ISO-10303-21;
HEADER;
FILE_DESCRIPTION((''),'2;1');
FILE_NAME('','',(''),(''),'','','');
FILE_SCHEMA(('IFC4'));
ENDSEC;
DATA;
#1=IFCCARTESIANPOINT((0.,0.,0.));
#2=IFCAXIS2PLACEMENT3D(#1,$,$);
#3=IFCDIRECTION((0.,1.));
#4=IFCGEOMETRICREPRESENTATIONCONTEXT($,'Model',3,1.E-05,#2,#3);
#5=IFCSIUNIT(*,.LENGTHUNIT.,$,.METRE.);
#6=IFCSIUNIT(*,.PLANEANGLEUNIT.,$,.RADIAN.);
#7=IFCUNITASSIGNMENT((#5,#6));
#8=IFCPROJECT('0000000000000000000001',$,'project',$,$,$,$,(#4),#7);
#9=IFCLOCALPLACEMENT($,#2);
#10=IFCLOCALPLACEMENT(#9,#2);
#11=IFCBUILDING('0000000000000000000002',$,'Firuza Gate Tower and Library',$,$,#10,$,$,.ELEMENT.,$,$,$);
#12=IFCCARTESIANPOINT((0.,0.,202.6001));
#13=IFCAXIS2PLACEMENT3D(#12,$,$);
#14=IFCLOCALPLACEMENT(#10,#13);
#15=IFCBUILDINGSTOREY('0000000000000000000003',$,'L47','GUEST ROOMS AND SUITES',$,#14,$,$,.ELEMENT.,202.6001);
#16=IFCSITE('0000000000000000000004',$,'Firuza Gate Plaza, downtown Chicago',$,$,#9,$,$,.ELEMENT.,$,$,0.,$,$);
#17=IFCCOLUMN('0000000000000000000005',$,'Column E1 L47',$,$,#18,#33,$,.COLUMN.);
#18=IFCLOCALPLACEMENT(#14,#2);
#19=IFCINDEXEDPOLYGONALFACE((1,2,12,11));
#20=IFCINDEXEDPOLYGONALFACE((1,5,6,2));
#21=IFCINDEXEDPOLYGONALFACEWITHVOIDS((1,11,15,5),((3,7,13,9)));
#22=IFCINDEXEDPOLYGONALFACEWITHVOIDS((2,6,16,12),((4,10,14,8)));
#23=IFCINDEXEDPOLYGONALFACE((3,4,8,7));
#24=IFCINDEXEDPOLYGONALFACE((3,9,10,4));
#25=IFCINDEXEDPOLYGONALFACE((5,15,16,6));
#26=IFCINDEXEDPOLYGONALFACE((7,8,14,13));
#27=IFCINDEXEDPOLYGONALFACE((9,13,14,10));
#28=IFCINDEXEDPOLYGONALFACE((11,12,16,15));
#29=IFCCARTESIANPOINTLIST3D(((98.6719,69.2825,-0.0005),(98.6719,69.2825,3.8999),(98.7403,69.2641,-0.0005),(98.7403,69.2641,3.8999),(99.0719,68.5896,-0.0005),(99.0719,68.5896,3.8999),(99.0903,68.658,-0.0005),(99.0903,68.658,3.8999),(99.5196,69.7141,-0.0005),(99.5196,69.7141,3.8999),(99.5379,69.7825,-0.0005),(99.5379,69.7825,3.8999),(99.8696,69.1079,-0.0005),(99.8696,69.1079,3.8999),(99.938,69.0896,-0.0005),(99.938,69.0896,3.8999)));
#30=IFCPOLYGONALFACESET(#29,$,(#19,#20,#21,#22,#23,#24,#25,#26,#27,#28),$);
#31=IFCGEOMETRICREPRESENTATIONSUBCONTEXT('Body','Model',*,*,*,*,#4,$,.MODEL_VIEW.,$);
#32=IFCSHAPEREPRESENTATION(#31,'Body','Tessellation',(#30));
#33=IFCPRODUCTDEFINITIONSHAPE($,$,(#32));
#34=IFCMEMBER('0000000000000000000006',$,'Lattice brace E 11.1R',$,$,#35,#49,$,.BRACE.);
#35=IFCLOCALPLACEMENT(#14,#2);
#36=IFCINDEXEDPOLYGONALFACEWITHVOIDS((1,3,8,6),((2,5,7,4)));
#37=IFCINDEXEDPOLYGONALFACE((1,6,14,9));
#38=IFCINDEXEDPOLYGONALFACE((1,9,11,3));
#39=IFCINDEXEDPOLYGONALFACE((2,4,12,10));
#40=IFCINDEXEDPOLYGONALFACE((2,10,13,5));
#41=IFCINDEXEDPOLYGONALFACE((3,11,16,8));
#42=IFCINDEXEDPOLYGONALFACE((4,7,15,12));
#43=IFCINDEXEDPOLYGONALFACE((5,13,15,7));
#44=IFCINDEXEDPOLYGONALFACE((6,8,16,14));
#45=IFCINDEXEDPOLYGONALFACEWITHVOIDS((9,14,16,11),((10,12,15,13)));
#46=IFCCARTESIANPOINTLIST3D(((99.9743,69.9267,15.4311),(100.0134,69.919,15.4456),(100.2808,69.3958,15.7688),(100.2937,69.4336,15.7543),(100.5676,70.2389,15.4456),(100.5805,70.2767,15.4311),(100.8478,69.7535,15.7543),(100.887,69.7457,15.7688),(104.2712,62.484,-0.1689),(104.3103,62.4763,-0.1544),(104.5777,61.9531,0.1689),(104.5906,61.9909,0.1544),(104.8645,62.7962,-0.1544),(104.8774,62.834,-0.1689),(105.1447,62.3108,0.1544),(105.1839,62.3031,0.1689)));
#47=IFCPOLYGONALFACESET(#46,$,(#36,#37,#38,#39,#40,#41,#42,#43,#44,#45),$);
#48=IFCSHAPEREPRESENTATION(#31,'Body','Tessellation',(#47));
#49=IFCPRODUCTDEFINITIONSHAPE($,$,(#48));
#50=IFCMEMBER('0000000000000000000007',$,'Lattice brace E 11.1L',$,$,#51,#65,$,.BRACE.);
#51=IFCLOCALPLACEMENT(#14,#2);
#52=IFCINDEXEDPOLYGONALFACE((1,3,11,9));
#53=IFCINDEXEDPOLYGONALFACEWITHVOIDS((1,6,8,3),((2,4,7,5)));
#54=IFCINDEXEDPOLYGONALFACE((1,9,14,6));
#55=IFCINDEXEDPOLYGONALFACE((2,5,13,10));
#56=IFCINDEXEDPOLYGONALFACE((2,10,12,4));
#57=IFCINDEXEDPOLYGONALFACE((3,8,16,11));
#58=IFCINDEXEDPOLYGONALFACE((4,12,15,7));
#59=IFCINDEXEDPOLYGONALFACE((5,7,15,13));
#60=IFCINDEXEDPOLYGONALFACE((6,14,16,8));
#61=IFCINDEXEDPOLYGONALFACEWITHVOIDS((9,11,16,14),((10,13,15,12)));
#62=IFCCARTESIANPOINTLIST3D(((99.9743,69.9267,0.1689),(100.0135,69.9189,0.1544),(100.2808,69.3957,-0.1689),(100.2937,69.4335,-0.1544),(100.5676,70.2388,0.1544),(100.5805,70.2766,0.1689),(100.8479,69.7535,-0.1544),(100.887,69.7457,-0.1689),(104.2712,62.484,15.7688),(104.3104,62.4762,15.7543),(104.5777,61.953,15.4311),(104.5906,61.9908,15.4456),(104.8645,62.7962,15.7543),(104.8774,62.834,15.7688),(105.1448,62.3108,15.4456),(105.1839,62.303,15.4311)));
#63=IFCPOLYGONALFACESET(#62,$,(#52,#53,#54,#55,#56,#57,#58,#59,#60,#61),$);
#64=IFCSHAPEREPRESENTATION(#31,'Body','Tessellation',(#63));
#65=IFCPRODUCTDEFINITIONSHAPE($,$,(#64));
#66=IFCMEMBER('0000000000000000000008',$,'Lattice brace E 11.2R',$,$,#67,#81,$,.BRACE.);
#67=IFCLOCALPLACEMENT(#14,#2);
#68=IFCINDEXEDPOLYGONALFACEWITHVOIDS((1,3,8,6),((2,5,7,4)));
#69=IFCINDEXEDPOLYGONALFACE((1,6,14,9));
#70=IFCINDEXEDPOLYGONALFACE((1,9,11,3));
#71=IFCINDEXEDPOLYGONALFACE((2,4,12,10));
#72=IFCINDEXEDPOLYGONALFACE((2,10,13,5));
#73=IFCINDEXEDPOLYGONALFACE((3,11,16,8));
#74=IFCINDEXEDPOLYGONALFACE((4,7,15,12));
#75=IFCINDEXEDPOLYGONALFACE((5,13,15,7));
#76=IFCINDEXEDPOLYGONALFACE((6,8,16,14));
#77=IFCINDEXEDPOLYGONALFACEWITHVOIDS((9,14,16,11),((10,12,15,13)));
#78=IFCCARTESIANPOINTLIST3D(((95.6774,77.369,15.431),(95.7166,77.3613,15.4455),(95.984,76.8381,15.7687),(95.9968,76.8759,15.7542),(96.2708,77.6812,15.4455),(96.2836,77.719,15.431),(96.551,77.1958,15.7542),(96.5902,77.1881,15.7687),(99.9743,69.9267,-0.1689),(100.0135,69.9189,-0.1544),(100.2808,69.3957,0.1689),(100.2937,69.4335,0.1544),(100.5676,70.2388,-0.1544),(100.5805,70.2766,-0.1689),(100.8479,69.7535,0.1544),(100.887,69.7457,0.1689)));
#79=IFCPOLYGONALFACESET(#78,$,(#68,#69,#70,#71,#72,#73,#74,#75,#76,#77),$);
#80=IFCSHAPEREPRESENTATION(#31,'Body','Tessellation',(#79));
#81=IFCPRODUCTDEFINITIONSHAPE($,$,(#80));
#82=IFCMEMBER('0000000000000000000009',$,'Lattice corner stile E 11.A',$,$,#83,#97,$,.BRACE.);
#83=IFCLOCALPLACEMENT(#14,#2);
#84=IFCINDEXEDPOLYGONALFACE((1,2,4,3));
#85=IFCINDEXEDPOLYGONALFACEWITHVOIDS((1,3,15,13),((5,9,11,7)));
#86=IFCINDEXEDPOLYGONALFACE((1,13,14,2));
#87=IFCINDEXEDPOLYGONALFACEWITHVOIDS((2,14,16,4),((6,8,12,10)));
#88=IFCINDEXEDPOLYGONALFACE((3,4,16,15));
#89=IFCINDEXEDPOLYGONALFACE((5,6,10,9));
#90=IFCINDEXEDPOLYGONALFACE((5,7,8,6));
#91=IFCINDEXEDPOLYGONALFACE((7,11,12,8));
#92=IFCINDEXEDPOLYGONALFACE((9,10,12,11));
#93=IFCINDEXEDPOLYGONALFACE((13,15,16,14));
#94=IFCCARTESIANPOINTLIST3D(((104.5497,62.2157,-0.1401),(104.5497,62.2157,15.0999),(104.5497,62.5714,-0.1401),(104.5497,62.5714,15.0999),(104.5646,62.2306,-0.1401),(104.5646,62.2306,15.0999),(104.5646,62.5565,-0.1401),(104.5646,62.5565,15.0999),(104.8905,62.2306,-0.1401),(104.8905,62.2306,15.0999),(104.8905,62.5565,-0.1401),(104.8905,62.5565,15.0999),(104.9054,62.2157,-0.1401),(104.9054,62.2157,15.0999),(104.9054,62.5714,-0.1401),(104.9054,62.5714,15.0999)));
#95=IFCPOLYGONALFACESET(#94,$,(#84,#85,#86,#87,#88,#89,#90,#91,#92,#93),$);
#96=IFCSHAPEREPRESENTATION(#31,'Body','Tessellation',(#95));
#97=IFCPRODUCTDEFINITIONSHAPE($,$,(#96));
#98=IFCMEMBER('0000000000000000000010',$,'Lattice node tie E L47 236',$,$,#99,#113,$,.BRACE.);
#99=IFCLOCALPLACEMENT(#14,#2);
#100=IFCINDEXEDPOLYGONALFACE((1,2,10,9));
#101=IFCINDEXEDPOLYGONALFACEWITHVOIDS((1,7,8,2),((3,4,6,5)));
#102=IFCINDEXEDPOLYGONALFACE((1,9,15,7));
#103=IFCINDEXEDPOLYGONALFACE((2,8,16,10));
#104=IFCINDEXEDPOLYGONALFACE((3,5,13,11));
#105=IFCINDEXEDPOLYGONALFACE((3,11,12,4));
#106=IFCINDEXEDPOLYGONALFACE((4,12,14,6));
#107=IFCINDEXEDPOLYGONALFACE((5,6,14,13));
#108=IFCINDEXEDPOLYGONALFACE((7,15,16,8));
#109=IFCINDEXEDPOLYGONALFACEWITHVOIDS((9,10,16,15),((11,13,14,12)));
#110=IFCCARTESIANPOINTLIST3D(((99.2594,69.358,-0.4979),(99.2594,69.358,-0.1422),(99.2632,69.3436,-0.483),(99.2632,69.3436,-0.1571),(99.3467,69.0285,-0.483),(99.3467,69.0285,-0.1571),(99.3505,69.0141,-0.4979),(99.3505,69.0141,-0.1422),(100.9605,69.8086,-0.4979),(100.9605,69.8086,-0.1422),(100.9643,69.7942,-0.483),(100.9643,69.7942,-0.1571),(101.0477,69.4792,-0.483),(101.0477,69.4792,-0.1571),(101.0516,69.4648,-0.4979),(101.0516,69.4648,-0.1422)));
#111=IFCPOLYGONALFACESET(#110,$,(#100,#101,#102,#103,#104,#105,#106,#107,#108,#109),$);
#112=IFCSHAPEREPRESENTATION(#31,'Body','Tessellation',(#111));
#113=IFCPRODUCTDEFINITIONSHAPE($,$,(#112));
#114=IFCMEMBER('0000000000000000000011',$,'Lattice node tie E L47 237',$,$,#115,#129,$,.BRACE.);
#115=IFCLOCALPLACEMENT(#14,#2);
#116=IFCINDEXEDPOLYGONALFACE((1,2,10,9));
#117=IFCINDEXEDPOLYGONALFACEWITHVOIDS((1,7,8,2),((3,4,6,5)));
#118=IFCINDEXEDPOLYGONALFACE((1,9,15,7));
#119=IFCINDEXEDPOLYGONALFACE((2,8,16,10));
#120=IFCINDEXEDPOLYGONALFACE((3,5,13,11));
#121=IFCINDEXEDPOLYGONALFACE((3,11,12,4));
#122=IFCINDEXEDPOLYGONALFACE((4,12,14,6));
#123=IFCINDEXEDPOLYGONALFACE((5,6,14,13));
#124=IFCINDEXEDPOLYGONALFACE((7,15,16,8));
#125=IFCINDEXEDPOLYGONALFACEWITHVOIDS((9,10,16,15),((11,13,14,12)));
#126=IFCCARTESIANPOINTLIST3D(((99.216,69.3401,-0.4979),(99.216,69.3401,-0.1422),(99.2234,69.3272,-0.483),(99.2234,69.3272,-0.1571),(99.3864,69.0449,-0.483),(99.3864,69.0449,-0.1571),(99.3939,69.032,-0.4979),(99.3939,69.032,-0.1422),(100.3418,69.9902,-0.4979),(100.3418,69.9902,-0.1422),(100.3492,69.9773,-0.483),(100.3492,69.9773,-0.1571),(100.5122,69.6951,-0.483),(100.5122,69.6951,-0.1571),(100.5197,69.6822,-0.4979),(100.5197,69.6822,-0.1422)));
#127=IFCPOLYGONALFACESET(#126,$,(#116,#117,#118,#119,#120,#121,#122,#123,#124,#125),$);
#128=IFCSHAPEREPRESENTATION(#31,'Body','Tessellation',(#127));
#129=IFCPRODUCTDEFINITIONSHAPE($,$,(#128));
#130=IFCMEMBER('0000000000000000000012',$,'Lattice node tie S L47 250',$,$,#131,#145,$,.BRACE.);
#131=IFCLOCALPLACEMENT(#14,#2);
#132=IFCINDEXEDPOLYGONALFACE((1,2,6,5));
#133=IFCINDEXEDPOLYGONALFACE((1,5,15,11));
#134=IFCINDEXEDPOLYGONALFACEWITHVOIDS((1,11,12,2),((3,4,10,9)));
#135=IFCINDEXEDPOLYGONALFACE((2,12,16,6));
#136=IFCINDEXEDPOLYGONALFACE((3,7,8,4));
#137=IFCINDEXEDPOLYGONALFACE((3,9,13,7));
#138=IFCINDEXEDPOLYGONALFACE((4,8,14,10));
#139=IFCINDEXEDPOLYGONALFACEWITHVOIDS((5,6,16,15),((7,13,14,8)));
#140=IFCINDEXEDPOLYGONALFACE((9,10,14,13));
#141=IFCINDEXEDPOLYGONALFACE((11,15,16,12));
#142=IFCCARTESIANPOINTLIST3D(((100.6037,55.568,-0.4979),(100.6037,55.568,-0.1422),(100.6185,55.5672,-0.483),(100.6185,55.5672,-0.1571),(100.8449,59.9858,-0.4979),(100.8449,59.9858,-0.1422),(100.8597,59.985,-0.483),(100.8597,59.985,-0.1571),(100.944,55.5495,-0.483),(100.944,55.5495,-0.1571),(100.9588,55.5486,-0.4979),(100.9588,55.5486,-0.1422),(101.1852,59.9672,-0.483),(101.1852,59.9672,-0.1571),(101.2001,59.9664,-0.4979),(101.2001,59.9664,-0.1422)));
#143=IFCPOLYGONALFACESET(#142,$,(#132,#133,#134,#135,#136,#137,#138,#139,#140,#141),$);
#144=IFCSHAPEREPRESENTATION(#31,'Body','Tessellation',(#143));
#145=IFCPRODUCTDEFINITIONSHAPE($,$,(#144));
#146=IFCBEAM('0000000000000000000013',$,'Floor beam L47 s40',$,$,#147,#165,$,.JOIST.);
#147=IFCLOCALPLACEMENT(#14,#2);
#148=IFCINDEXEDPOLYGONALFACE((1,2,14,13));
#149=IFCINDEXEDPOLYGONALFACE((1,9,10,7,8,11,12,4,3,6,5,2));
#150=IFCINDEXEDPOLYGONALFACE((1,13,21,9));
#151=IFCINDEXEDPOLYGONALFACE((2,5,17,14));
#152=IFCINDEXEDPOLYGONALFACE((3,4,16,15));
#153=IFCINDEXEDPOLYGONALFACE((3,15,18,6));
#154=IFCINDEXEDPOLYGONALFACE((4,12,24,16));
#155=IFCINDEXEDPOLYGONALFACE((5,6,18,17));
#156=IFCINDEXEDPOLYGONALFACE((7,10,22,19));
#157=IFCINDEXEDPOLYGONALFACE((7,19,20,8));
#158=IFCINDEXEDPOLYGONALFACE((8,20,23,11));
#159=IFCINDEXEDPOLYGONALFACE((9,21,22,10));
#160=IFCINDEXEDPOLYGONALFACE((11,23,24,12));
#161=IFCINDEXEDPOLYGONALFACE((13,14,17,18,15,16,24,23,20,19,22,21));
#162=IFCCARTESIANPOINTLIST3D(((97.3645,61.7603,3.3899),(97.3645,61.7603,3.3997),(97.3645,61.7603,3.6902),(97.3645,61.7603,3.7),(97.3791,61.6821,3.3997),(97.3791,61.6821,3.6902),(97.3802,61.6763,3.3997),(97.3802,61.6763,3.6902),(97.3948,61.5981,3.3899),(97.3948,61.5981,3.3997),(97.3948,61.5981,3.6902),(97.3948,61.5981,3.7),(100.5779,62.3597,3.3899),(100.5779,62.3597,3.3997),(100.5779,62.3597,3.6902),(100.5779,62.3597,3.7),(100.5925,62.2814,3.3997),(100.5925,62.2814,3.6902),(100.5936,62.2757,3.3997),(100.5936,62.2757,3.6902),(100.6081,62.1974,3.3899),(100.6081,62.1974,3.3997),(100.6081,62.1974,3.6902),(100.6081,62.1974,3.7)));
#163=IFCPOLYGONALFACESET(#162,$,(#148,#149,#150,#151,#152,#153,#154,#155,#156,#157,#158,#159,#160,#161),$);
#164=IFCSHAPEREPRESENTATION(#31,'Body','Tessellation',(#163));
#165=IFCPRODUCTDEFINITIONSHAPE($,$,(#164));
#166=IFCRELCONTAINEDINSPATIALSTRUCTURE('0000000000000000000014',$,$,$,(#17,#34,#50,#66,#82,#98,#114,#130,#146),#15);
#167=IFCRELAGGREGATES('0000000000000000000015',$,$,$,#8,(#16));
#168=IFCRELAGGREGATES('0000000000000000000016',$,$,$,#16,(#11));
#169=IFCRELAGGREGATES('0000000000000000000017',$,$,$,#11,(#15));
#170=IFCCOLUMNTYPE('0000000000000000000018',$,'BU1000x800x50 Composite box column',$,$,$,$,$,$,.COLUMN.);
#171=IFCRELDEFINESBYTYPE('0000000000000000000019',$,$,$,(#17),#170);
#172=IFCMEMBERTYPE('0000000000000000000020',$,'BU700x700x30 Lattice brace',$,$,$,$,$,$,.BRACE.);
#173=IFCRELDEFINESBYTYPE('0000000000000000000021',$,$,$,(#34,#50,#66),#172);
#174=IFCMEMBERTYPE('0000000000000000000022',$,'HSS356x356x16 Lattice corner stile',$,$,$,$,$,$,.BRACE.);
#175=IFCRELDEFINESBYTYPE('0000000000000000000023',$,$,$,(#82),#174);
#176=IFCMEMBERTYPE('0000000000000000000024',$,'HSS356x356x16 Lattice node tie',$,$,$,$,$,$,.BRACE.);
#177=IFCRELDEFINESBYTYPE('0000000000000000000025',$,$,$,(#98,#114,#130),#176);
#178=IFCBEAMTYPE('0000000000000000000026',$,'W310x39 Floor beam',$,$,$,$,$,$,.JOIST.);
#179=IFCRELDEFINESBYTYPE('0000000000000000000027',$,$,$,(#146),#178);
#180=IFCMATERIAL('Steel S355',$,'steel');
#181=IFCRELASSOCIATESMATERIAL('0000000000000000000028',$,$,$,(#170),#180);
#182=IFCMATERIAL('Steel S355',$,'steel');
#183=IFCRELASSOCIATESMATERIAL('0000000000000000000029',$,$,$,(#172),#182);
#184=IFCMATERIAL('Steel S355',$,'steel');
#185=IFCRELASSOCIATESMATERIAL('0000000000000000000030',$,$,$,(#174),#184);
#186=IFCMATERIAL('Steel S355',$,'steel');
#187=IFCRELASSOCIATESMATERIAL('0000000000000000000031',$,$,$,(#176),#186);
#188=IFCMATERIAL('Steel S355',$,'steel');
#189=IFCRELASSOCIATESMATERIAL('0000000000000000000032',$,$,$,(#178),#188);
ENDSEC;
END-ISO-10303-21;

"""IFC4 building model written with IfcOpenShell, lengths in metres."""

from ifc_helpers import new_model, si_unit, direction, frame, origin, origin_2d, place, context, subcontext, project, spatial, hollow_rectangle, i_section, extrude, material, material_profile, profile_set, type_object, element, save


model = new_model("IFC4")

# Units and contexts
model_context = context("Model", 3, precision=1e-05, world=origin(), true_north=direction((0.0, 1.0)))
body_context = subcontext(model_context, "Body", "Model", "MODEL_VIEW")
ifc_project = project(units=[si_unit("LENGTHUNIT", "METRE"), si_unit("PLANEANGLEUNIT", "RADIAN")], contexts=[model_context])

# Site, building, storey
site_placement = place(None, origin())
site = spatial("IfcSite", under=ifc_project, at=site_placement, Name="Firuza Gate Plaza, downtown Chicago", CompositionType="ELEMENT", RefElevation=0.0)
building_placement = place(site_placement, origin())
building = spatial("IfcBuilding", under=site, at=building_placement, Name="Firuza Gate Tower and Library", CompositionType="ELEMENT")
storey_placement = place(building_placement, frame((0.0, 0.0, 202.6001)))
storey = spatial("IfcBuildingStorey", under=building, at=storey_placement, Name="L47", Description="GUEST ROOMS AND SUITES", CompositionType="ELEMENT", Elevation=202.6001)

# Column
ifc_material_1 = material(Name="Steel S355", Category="steel")
ifc_material_profile_1 = material_profile(ifc_material_1, hollow_rectangle(XDim=0.8, YDim=1.0, WallThickness=0.05, at=origin_2d()))
ifc_profile_set_1 = profile_set([ifc_material_profile_1], Name="Steel S355")
column_type = type_object("IfcColumnType", Name="BU1000x800x50 Composite box column", PredefinedType="COLUMN", material=ifc_profile_set_1)
column_placement = place(storey_placement, frame((99.3049, 69.186, -0.0005), z_axis=(0.0, 0.0, 1.0), x_axis=(-0.5, 0.866025, 0.0)))
element("IfcColumn", 1, at=column_placement, inside=storey, type_object=column_type, Name="Column E1 L47", PredefinedType="COLUMN", context=body_context, shape_type="SweptSolid", body=[
    extrude(hollow_rectangle(XDim=0.8, YDim=1.0, WallThickness=0.05, at=origin_2d()), origin(), (0.0, 0.0, 1.0), 3.9004),
])

# Members
ifc_material_2 = material(Name="Steel S355", Category="steel")
ifc_material_profile_2 = material_profile(ifc_material_2, hollow_rectangle(XDim=0.7, YDim=0.7, WallThickness=0.03, at=origin_2d()))
ifc_profile_set_2 = profile_set([ifc_material_profile_2], Name="Steel S355")
member_type_1 = type_object("IfcMemberType", Name="BU700x700x30 Lattice brace", PredefinedType="BRACE", material=ifc_profile_set_2)
for number, where, z_axis, x_axis, name in (
    (2, (104.7275, 62.3936, 0.0), (-0.241256, 0.41788, 0.875883), (-0.866032, -0.499989, 0.0), "Lattice brace E 11.1R"),
    (3, (100.4307, 69.8362, 0.0), (0.241256, -0.41788, 0.875883), (0.866032, 0.499989, 0.0), "Lattice brace E 11.1L"),
):
    element("IfcMember", number, at=place(storey_placement, frame(where, z_axis=z_axis, x_axis=x_axis)), inside=storey, type_object=member_type_1, Name=name, PredefinedType="BRACE", context=body_context, shape_type="SweptSolid", body=[
        extrude(hollow_rectangle(XDim=0.7, YDim=0.7, WallThickness=0.03, at=origin_2d()), origin(), (0.0, 0.0, 1.0), 17.8105),
    ])
member_1_placement = place(storey_placement, frame((100.4307, 69.8362, 0.0), z_axis=(-0.241258, 0.417869, 0.875888), x_axis=(-0.866025, -0.500001, 0.0)))
element("IfcMember", 4, at=member_1_placement, inside=storey, type_object=member_type_1, Name="Lattice brace E 11.2R", PredefinedType="BRACE", context=body_context, shape_type="SweptSolid", body=[
    extrude(hollow_rectangle(XDim=0.7, YDim=0.7, WallThickness=0.03, at=origin_2d()), origin(), (0.0, 0.0, 1.0), 17.8103),
])
ifc_material_3 = material(Name="Steel S355", Category="steel")
ifc_material_profile_3 = material_profile(ifc_material_3, hollow_rectangle(XDim=0.3557, YDim=0.3557, WallThickness=0.0149, at=origin_2d()))
ifc_profile_set_3 = profile_set([ifc_material_profile_3], Name="Steel S355")
member_type_2 = type_object("IfcMemberType", Name="HSS356x356x16 Lattice corner stile", PredefinedType="BRACE", material=ifc_profile_set_3)
member_2_placement = place(storey_placement, frame((104.7275, 62.3936, -0.1401), z_axis=(0.0, 0.0, 1.0), x_axis=(1.0, 0.0, 0.0)))
element("IfcMember", 5, at=member_2_placement, inside=storey, type_object=member_type_2, Name="Lattice corner stile E 11.A", PredefinedType="BRACE", context=body_context, shape_type="SweptSolid", body=[
    extrude(hollow_rectangle(XDim=0.3557, YDim=0.3557, WallThickness=0.0149, at=origin_2d()), origin(), (0.0, 0.0, 1.0), 15.24),
])
ifc_material_4 = material(Name="Steel S355", Category="steel")
ifc_material_profile_4 = material_profile(ifc_material_4, hollow_rectangle(XDim=0.3557, YDim=0.3557, WallThickness=0.0149, at=origin_2d()))
ifc_profile_set_4 = profile_set([ifc_material_profile_4], Name="Steel S355")
member_type_3 = type_object("IfcMemberType", Name="HSS356x356x16 Lattice node tie", PredefinedType="BRACE", material=ifc_profile_set_4)
member_3_placement = place(storey_placement, frame((99.3049, 69.186, -0.3201), z_axis=(0.966653, 0.256091, 0.0), x_axis=(-0.256091, 0.966653, 0.0)))
element("IfcMember", 6, at=member_3_placement, inside=storey, type_object=member_type_3, Name="Lattice node tie E L47 236", PredefinedType="BRACE", context=body_context, shape_type="SweptSolid", body=[
    extrude(hollow_rectangle(XDim=0.3557, YDim=0.3557, WallThickness=0.0149, at=origin_2d()), origin(), (0.0, 0.0, 1.0), 1.7598),
])
member_4_placement = place(storey_placement, frame((99.3049, 69.186, -0.3201), z_axis=(0.865957, 0.500118, 0.0), x_axis=(-0.500118, 0.865957, 0.0)))
element("IfcMember", 7, at=member_4_placement, inside=storey, type_object=member_type_3, Name="Lattice node tie E L47 237", PredefinedType="BRACE", context=body_context, shape_type="SweptSolid", body=[
    extrude(hollow_rectangle(XDim=0.3557, YDim=0.3557, WallThickness=0.0149, at=origin_2d()), origin(), (0.0, 0.0, 1.0), 1.3),
])
member_5_placement = place(storey_placement, frame((101.0225, 59.9761, -0.3201), z_axis=(-0.05452, -0.998513, 0.0), x_axis=(0.998513, -0.05452, 0.0)))
element("IfcMember", 8, at=member_5_placement, inside=storey, type_object=member_type_3, Name="Lattice node tie S L47 250", PredefinedType="BRACE", context=body_context, shape_type="SweptSolid", body=[
    extrude(hollow_rectangle(XDim=0.3557, YDim=0.3557, WallThickness=0.0149, at=origin_2d()), origin(), (0.0, 0.0, 1.0), 4.4243),
])

# Beam
ifc_material_5 = material(Name="Steel S355", Category="steel")
ifc_material_profile_5 = material_profile(ifc_material_5, i_section(OverallWidth=0.165, OverallDepth=0.3101, WebThickness=0.0059, FlangeThickness=0.0098, at=origin_2d()))
ifc_profile_set_5 = profile_set([ifc_material_profile_5], Name="Steel S355")
beam_type_1 = type_object("IfcBeamType", Name="W310x39 Floor beam", PredefinedType="JOIST", material=ifc_profile_set_5)
beam_1_placement = place(storey_placement, frame((100.593, 62.2786, 3.5449), z_axis=(-0.983046, -0.18336, 0.0), x_axis=(0.18336, -0.983046, 0.0)))
element("IfcBeam", 9, at=beam_1_placement, inside=storey, type_object=beam_type_1, Name="Floor beam L47 s40", PredefinedType="JOIST", context=body_context, shape_type="SweptSolid", body=[
    extrude(i_section(OverallWidth=0.165, OverallDepth=0.3101, WebThickness=0.0059, FlangeThickness=0.0098, at=origin_2d()), origin(), (0.0, 0.0, 1.0), 3.2688),
])

save(model, "model.ifc")
